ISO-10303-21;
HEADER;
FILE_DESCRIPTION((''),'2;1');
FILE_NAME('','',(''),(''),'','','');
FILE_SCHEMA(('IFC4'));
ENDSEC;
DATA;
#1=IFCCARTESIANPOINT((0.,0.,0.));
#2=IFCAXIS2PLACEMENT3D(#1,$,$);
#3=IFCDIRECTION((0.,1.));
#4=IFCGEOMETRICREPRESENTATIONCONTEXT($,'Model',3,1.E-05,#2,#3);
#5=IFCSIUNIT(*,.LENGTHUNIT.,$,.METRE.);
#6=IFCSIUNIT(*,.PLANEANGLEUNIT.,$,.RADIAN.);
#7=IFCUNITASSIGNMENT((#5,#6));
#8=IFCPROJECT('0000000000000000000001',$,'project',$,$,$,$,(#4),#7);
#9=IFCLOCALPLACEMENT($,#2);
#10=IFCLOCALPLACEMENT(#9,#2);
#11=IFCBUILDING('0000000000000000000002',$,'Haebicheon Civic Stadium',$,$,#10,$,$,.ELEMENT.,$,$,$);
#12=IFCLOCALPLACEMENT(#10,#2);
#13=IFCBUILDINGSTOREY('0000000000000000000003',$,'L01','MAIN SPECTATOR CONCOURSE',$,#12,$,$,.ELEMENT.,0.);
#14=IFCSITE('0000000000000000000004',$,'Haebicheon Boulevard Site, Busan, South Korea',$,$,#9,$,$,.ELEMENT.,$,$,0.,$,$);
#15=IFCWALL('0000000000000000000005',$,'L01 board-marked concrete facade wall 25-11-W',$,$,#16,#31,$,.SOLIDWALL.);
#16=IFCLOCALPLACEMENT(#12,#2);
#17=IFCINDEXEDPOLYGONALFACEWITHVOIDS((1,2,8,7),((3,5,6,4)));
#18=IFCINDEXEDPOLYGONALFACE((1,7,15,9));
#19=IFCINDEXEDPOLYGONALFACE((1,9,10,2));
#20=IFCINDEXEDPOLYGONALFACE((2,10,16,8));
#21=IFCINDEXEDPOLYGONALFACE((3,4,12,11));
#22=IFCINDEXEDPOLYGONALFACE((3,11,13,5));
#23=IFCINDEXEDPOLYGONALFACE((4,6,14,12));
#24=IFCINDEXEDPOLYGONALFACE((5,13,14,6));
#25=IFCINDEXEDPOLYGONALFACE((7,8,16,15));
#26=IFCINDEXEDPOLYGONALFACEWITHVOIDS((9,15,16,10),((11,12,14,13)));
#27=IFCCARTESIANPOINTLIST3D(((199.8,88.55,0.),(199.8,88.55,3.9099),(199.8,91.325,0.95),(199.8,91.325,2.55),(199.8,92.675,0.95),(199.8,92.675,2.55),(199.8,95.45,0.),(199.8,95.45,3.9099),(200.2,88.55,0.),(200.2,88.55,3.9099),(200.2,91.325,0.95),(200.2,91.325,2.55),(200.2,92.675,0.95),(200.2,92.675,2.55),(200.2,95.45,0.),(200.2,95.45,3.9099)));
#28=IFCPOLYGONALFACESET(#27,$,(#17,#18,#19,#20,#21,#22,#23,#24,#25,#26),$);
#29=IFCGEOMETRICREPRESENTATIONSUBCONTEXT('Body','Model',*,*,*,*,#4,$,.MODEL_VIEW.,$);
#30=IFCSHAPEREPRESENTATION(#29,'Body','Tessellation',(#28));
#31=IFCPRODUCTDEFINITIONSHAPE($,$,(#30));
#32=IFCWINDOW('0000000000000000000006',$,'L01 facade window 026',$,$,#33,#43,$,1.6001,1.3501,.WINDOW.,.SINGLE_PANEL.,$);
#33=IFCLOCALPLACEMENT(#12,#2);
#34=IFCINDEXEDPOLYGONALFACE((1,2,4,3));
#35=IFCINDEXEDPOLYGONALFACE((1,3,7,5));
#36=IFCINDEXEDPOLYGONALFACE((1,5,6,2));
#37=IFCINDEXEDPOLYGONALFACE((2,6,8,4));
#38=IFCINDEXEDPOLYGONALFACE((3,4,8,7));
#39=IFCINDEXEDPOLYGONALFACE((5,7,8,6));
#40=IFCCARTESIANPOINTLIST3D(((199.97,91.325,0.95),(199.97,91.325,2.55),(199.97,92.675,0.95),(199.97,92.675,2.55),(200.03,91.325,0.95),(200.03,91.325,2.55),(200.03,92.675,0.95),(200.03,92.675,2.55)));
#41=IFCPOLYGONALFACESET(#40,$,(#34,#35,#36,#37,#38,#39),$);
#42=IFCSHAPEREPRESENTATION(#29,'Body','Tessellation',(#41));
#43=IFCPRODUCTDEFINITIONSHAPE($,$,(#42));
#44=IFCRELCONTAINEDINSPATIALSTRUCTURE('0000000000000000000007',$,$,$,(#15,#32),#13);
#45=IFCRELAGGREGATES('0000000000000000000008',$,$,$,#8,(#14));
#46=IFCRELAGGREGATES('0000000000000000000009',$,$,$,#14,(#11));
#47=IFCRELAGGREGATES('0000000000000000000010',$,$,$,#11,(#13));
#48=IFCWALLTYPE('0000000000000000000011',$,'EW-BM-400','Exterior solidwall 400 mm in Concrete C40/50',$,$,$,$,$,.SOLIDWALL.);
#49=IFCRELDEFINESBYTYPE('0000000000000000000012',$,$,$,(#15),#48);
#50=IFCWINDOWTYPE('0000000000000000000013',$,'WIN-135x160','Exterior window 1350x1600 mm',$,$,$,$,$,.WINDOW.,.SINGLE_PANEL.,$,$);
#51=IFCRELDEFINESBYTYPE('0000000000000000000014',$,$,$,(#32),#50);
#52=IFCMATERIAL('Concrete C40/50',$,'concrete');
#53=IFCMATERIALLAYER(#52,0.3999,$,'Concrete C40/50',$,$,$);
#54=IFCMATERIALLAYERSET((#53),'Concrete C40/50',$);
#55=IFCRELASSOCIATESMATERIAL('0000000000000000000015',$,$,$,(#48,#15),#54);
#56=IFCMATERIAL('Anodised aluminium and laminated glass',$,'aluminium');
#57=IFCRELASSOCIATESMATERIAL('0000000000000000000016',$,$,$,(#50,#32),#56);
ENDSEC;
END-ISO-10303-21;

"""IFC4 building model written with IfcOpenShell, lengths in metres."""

from ifc_helpers import new_model, si_unit, direction, frame, frame_2d, origin, place, context, subcontext, project, spatial, rectangle, extrude, material, layer, layer_set, type_object, element, fill, save


model = new_model("IFC4")

# Units and contexts
model_context = context("Model", 3, precision=1e-05, world=origin(), true_north=direction((0.0, 1.0)))
body_context = subcontext(model_context, "Body", "Model", "MODEL_VIEW")
ifc_project = project(units=[si_unit("LENGTHUNIT", "METRE"), si_unit("PLANEANGLEUNIT", "RADIAN")], contexts=[model_context])

# Site, building, storey
site_placement = place(None, origin())
site = spatial("IfcSite", under=ifc_project, at=site_placement, Name="Haebicheon Boulevard Site, Busan, South Korea", CompositionType="ELEMENT", RefElevation=0.0)
building_placement = place(site_placement, origin())
building = spatial("IfcBuilding", under=site, at=building_placement, Name="Haebicheon Civic Stadium", CompositionType="ELEMENT")
storey_placement = place(building_placement, origin())
storey = spatial("IfcBuildingStorey", under=building, at=storey_placement, Name="L01", Description="MAIN SPECTATOR CONCOURSE", CompositionType="ELEMENT", Elevation=0.0)

# Shared definitions
ifc_material_1 = material(Name="Concrete C40/50", Category="concrete")
ifc_layer_1 = layer(ifc_material_1, 0.3999, Name="Concrete C40/50")
ifc_layer_set_1 = layer_set([ifc_layer_1], Name="Concrete C40/50")
wall_type = type_object("IfcWallType", Name="EW-BM-400", Description="Exterior solidwall 400 mm in Concrete C40/50", PredefinedType="SOLIDWALL", material=ifc_layer_set_1)

# Wall, opening, window
wall_1_placement = place(storey_placement, frame((200.0, 88.55, 0.0), z_axis=(0.0, 0.0, 1.0), x_axis=(0.0, 1.0, 0.0)))
wall_1 = element("IfcWall", 1, at=wall_1_placement, inside=storey, type_object=wall_type, material=ifc_layer_set_1, Name="L01 board-marked concrete facade wall 25-11-W", PredefinedType="SOLIDWALL", context=body_context, shape_type="SweptSolid", body=[
    extrude(rectangle(XDim=6.8999, YDim=0.3999, at=frame_2d((3.45, 0.0))), origin(), (0.0, 0.0, 1.0), 3.9099),
])
opening_placement = place(wall_1_placement, frame((2.7749, 0.0, 0.95)))
opening = element("IfcOpeningElement", 2, at=opening_placement, cuts=wall_1, PredefinedType="OPENING", context=body_context, shape_type="SweptSolid", body=[
    extrude(rectangle(XDim=1.3501, YDim=1.6001, at=frame_2d((0.675, 0.8))), frame((0.0, 0.21, 0.0), z_axis=(0.0, -1.0, 0.0), x_axis=(1.0, 0.0, 0.0)), (0.0, 0.0, 1.0), 0.4199),
])
ifc_material_2 = material(Name="Anodised aluminium and laminated glass", Category="aluminium")
window_type = type_object("IfcWindowType", Name="WIN-135x160", Description="Exterior window 1350x1600 mm", PartitioningType="SINGLE_PANEL", PredefinedType="WINDOW", material=ifc_material_2)
window_placement = place(opening_placement, origin())
window = element("IfcWindow", 3, at=window_placement, inside=storey, type_object=window_type, material=ifc_material_2, Name="L01 facade window 026", OverallHeight=1.6001, OverallWidth=1.3501, PartitioningType="SINGLE_PANEL", PredefinedType="WINDOW", context=body_context, shape_type="SweptSolid", body=[
    extrude(rectangle(XDim=1.3501, YDim=1.6001, at=frame_2d((0.675, 0.8))), frame((0.0, 0.03, 0.0), z_axis=(0.0, -1.0, 0.0), x_axis=(1.0, 0.0, 0.0)), (0.0, 0.0, 1.0), 0.0601),
])
fill(opening, window)

save(model, "model.ifc")
